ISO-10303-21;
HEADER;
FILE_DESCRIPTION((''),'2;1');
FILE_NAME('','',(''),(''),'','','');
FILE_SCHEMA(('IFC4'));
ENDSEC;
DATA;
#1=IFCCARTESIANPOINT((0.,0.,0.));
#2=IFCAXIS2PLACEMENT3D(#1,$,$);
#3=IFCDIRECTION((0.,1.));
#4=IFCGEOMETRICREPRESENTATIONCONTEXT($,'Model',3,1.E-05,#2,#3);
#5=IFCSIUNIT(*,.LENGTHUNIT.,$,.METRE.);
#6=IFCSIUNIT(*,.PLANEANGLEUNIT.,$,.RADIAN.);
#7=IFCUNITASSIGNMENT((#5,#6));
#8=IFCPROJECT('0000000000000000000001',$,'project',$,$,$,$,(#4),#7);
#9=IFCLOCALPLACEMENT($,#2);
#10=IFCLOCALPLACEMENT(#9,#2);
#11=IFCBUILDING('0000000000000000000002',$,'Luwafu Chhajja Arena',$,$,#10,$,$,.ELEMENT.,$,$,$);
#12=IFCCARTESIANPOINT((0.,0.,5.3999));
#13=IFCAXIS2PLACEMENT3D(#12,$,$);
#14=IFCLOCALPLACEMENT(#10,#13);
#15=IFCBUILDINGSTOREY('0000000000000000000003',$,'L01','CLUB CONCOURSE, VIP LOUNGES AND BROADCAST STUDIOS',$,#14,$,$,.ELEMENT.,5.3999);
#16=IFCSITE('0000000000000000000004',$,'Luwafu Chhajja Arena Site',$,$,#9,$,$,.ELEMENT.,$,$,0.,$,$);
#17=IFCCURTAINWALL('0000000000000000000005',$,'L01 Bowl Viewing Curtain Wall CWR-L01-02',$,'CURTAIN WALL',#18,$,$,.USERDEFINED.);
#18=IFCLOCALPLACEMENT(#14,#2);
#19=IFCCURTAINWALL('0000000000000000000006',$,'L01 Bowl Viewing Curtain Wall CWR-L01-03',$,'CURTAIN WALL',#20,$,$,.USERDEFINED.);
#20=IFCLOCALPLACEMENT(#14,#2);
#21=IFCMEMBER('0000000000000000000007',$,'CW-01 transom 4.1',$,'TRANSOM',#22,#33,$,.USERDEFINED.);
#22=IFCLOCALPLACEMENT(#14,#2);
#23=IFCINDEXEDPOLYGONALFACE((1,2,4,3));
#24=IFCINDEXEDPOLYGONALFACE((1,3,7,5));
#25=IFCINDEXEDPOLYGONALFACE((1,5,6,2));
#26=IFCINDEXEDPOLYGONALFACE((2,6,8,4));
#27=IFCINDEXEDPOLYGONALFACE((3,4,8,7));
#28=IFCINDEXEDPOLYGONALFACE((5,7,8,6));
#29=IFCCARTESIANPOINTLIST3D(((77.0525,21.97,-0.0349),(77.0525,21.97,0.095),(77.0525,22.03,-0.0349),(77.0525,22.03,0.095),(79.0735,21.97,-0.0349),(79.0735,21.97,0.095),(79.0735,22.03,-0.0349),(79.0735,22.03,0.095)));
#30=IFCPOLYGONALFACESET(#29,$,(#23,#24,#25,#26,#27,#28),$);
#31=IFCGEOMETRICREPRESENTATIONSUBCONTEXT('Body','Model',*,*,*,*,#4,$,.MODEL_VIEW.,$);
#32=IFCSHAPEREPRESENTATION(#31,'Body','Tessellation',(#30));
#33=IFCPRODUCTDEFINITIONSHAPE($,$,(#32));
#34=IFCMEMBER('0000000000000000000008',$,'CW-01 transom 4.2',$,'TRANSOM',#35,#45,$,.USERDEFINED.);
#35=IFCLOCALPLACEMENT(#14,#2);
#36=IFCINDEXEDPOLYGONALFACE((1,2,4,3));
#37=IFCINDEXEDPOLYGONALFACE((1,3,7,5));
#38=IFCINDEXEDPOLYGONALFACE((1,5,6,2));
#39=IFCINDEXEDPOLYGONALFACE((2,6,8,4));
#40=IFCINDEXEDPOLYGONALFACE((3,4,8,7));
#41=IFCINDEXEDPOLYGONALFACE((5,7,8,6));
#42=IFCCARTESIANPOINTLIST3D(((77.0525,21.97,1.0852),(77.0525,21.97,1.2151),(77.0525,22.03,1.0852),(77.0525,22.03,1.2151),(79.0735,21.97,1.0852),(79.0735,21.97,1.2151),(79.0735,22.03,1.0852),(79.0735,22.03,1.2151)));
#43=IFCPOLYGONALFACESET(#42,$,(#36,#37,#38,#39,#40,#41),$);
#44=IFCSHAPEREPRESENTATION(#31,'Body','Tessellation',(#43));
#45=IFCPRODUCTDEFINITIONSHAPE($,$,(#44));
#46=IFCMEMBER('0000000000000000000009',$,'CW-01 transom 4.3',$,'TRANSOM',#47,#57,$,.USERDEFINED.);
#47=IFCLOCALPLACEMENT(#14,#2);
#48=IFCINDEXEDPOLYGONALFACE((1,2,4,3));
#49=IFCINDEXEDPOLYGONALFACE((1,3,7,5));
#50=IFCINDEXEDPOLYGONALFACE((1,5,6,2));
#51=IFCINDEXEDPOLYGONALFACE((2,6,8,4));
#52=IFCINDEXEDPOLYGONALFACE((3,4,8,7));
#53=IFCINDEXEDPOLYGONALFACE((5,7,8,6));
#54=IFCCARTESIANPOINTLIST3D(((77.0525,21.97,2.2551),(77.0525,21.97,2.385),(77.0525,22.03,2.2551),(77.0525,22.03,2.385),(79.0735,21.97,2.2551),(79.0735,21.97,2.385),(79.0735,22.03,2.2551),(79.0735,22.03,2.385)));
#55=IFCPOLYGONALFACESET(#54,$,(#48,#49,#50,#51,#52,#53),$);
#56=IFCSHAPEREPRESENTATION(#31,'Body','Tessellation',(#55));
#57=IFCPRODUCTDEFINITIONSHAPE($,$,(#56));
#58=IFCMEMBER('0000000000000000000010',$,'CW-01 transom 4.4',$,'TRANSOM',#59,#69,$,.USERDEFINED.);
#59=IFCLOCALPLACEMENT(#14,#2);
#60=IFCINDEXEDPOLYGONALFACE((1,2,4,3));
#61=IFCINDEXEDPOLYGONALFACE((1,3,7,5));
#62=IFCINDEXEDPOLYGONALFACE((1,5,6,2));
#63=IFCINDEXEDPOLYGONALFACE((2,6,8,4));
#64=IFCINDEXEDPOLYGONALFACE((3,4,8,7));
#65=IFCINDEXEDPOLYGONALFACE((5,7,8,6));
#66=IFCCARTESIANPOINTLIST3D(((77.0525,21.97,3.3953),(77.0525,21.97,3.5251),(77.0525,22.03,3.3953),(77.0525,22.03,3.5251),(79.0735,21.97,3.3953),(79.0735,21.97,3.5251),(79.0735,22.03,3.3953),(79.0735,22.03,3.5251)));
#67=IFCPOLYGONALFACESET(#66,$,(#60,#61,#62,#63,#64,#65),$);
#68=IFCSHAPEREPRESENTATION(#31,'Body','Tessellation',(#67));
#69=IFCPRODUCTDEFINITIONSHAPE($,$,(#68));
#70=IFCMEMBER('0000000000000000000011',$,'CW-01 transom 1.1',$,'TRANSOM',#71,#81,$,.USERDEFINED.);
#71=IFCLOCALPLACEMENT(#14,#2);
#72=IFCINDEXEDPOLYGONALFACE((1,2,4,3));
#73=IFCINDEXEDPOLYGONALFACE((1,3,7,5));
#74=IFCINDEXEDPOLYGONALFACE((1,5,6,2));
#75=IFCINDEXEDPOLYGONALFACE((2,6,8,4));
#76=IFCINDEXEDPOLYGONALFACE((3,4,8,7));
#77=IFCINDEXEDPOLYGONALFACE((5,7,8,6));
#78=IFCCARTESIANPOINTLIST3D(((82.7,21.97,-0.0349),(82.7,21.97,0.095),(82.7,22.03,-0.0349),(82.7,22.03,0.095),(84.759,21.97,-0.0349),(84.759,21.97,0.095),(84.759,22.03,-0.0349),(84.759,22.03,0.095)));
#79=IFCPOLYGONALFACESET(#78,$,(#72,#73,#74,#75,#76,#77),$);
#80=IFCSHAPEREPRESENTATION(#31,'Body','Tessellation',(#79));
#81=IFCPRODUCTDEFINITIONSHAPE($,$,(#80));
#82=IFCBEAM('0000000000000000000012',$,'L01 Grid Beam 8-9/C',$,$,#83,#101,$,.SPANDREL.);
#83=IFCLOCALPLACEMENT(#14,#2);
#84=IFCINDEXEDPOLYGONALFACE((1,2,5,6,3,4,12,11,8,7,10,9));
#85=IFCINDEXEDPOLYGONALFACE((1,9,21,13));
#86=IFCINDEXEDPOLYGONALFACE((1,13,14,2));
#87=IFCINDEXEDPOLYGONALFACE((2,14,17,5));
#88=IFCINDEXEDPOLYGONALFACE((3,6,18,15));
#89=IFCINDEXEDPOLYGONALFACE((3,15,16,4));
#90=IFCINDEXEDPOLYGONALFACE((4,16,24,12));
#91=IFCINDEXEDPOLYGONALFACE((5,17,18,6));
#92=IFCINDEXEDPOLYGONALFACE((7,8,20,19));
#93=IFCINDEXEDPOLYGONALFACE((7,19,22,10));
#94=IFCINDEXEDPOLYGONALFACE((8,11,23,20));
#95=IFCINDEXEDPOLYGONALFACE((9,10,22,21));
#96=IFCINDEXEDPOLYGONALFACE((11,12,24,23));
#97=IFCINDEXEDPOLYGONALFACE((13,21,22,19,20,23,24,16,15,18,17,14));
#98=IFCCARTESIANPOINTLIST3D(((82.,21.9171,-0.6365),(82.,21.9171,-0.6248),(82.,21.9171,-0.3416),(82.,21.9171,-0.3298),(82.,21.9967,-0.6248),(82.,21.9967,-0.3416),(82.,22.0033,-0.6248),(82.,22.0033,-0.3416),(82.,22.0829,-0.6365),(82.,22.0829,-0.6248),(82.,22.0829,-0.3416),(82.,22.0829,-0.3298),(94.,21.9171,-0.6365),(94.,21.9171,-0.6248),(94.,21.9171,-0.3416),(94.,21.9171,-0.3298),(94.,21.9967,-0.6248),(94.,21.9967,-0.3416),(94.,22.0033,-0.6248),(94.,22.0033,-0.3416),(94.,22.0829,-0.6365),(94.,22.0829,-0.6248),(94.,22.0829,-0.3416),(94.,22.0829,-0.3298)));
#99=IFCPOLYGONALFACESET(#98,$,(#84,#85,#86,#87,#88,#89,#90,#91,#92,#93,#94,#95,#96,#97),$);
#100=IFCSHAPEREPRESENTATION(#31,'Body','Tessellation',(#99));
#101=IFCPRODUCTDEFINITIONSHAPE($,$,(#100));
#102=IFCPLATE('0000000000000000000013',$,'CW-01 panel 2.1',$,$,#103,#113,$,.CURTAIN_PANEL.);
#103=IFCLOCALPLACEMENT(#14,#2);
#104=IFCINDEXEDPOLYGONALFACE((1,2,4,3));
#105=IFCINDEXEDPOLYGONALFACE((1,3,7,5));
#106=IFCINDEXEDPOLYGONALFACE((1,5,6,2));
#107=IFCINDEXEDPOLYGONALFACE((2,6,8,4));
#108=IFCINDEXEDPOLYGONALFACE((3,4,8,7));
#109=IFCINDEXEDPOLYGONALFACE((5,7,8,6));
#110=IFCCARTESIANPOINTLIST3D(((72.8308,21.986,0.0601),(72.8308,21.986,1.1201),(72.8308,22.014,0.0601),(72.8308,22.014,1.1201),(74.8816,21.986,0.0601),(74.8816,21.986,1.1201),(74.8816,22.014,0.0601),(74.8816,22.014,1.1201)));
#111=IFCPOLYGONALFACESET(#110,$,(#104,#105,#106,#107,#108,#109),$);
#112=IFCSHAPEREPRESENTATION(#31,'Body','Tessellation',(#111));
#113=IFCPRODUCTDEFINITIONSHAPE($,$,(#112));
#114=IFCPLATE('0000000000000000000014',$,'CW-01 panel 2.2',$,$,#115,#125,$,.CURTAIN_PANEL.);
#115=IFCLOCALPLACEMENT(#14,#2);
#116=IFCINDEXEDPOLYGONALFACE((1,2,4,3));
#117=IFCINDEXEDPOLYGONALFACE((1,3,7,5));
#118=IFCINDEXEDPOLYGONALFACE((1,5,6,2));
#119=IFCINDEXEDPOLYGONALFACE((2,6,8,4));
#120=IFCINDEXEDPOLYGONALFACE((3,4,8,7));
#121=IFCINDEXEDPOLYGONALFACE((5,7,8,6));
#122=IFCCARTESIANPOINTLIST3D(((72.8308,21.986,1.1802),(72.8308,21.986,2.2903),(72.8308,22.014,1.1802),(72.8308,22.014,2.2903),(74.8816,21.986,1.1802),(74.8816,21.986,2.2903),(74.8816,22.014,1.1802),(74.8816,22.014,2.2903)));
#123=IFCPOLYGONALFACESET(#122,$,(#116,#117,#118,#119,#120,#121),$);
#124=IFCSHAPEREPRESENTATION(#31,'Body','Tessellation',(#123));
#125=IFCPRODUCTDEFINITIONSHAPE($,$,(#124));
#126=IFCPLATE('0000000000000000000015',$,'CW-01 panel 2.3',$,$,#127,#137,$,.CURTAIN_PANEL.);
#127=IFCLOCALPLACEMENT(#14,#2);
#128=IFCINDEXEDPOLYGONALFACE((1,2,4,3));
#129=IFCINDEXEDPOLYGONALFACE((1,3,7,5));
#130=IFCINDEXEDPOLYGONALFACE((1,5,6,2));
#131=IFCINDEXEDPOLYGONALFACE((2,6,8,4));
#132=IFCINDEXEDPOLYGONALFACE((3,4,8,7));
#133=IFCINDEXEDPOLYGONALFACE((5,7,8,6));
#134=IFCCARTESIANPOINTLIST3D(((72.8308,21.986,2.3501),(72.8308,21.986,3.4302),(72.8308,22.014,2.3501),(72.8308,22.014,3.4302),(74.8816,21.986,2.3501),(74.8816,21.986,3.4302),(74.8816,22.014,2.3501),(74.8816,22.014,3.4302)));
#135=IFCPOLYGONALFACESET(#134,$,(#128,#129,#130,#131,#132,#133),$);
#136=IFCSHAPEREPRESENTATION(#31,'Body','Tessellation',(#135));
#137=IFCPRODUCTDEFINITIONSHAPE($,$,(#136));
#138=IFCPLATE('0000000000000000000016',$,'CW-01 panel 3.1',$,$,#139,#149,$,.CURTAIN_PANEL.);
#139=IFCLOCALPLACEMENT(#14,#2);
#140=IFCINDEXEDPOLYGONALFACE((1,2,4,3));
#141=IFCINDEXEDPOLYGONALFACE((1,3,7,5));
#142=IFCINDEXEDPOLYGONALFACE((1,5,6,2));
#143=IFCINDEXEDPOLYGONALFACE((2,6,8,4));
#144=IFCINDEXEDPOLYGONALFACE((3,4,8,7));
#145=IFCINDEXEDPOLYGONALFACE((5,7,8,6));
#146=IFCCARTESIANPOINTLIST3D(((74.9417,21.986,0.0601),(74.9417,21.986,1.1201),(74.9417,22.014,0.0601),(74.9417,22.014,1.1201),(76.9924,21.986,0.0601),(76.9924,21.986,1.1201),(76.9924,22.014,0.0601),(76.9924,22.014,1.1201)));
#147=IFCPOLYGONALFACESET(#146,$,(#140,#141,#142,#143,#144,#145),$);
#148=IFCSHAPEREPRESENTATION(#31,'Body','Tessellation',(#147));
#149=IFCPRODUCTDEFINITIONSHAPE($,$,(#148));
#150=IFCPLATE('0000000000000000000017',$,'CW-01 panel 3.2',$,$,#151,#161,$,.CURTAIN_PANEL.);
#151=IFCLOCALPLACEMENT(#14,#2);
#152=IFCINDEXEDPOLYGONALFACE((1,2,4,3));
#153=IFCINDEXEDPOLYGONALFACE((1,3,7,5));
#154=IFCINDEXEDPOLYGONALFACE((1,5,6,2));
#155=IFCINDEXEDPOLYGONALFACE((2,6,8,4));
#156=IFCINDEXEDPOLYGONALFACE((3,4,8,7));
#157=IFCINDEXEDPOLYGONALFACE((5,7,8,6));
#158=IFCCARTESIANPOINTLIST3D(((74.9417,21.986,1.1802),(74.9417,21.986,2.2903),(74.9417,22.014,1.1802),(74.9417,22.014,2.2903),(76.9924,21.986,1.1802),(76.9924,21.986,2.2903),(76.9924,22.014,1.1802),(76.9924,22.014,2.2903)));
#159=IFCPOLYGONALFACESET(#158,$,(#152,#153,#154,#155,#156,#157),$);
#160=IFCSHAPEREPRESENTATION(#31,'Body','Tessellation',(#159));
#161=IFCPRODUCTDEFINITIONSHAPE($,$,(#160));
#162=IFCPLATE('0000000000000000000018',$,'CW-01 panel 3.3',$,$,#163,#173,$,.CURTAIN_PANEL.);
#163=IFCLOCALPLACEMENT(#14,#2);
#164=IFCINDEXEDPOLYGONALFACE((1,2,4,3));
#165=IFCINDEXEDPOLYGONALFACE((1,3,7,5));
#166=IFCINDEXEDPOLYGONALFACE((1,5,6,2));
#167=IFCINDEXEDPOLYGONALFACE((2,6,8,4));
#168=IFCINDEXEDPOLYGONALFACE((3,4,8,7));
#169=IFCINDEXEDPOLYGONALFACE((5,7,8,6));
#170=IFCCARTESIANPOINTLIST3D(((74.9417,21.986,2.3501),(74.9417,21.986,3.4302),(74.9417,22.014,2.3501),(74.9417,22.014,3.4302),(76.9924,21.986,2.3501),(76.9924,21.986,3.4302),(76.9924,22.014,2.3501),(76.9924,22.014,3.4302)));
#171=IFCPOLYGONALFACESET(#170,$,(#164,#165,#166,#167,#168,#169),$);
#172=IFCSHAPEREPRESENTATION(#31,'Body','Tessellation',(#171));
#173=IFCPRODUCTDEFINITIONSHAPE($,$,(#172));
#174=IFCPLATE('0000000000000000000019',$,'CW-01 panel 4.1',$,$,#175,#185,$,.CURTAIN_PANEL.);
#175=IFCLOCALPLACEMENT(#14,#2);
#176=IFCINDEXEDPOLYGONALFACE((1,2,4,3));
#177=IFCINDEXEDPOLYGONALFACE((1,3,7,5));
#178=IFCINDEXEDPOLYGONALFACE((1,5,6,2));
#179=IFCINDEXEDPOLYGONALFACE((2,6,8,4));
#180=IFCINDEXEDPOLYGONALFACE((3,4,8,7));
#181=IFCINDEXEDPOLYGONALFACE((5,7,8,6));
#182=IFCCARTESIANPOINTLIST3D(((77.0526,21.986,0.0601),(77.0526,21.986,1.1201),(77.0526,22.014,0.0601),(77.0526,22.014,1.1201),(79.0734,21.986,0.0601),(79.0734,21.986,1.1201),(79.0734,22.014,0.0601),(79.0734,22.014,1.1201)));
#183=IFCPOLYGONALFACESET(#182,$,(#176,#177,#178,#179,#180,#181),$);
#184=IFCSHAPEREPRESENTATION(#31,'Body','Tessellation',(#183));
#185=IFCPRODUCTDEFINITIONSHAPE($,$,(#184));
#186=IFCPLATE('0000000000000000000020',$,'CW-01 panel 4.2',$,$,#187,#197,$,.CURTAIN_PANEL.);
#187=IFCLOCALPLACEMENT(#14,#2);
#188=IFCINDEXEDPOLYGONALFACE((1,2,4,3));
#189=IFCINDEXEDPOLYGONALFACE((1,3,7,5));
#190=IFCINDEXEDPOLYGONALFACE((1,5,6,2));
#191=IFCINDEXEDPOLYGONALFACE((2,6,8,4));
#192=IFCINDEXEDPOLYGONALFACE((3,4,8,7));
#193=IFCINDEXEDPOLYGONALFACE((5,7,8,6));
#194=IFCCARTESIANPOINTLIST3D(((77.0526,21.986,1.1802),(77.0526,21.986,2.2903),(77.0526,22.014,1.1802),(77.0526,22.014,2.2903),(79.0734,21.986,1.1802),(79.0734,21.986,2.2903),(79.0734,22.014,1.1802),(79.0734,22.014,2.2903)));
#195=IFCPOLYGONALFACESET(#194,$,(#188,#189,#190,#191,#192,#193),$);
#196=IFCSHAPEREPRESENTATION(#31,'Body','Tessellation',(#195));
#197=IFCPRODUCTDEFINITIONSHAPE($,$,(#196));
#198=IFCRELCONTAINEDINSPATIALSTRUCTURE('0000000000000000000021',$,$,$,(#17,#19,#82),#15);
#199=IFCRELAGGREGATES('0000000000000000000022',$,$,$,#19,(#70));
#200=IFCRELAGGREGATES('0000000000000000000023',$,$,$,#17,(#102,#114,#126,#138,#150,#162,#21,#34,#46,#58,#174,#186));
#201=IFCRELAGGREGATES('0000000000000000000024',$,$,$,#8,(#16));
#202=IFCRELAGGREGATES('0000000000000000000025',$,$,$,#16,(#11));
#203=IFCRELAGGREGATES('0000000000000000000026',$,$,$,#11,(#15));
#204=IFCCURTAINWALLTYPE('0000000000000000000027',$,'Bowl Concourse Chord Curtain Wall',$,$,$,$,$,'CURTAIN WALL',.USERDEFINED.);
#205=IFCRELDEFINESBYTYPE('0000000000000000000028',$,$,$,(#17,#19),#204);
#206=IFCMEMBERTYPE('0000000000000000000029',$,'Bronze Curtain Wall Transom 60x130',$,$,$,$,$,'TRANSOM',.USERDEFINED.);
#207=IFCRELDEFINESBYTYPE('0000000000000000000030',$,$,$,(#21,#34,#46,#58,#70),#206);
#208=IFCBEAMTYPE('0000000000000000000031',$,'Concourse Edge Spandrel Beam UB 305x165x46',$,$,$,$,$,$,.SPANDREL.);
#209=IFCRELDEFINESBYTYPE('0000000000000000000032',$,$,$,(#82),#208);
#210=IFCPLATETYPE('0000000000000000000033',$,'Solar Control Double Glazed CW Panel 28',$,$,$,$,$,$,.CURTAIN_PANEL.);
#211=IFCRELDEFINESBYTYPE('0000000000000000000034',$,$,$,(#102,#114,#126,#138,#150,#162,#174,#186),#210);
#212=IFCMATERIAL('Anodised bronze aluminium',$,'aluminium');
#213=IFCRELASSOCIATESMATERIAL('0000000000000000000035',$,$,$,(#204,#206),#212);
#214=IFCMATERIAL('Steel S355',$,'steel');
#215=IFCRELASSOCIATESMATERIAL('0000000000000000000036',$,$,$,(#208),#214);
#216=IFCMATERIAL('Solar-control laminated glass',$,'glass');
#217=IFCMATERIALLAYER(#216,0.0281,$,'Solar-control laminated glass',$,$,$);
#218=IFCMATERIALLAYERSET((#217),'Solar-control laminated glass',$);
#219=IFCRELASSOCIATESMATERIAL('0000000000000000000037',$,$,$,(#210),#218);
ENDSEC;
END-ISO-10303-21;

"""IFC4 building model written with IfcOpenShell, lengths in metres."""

from ifc_helpers import new_model, si_unit, direction, frame, origin, origin_2d, place, context, subcontext, project, spatial, rectangle, i_section, extrude, material, layer, layer_set, material_profile, profile_set, type_object, element, aggregate, save


model = new_model("IFC4")

# Units and contexts
model_context = context("Model", 3, precision=1e-05, world=origin(), true_north=direction((0.0, 1.0)))
body_context = subcontext(model_context, "Body", "Model", "MODEL_VIEW")
ifc_project = project(units=[si_unit("LENGTHUNIT", "METRE"), si_unit("PLANEANGLEUNIT", "RADIAN")], contexts=[model_context])

# Site, building, storey
site_placement = place(None, origin())
site = spatial("IfcSite", under=ifc_project, at=site_placement, Name="Luwafu Chhajja Arena Site", CompositionType="ELEMENT", RefElevation=0.0)
building_placement = place(site_placement, origin())
building = spatial("IfcBuilding", under=site, at=building_placement, Name="Luwafu Chhajja Arena", CompositionType="ELEMENT")
storey_placement = place(building_placement, frame((0.0, 0.0, 5.3999)))
storey = spatial("IfcBuildingStorey", under=building, at=storey_placement, Name="L01", Description="CLUB CONCOURSE, VIP LOUNGES AND BROADCAST STUDIOS", CompositionType="ELEMENT", Elevation=5.3999)

# Curtain wall
ifc_material_1 = material(Name="Anodised bronze aluminium", Category="aluminium")
curtain_wall_type = type_object("IfcCurtainWallType", Name="Bowl Concourse Chord Curtain Wall", ElementType="CURTAIN WALL", PredefinedType="USERDEFINED", material=ifc_material_1)
curtain_wall_1_placement = place(storey_placement, origin())
curtain_wall_1 = element("IfcCurtainWall", 1, at=curtain_wall_1_placement, inside=storey, type_object=curtain_wall_type, Name="L01 Bowl Viewing Curtain Wall CWR-L01-02", ObjectType="CURTAIN WALL", PredefinedType="USERDEFINED")

# Curtain wall
curtain_wall_2_placement = place(storey_placement, origin())
curtain_wall_2 = element("IfcCurtainWall", 2, at=curtain_wall_2_placement, inside=storey, type_object=curtain_wall_type, Name="L01 Bowl Viewing Curtain Wall CWR-L01-03", ObjectType="CURTAIN WALL", PredefinedType="USERDEFINED")

# Members
ifc_material_profile_1 = material_profile(ifc_material_1, rectangle(XDim=0.0601, YDim=0.1299, at=origin_2d()), Name="CWT 60x130")
ifc_profile_set_1 = profile_set([ifc_material_profile_1], Name="Anodised bronze aluminium")
member_type_1 = type_object("IfcMemberType", Name="Bronze Curtain Wall Transom 60x130", ElementType="TRANSOM", PredefinedType="USERDEFINED", material=ifc_profile_set_1)
member_1_placement = place(storey_placement, frame((77.0525, 22.0, 0.03), z_axis=(1.0, 0.0, 0.0), x_axis=(0.0, 1.0, 0.0)))
member_1 = element("IfcMember", 3, at=member_1_placement, type_object=member_type_1, Name="CW-01 transom 4.1", ObjectType="TRANSOM", PredefinedType="USERDEFINED", context=body_context, shape_type="SweptSolid", body=[
    extrude(rectangle(XDim=0.0601, YDim=0.1299, at=origin_2d()), origin(), (0.0, 0.0, 1.0), 2.021),
])
member_2_placement = place(storey_placement, frame((77.0525, 22.0, 1.1501), z_axis=(1.0, 0.0, 0.0), x_axis=(0.0, 1.0, 0.0)))
member_2 = element("IfcMember", 4, at=member_2_placement, type_object=member_type_1, Name="CW-01 transom 4.2", ObjectType="TRANSOM", PredefinedType="USERDEFINED", context=body_context, shape_type="SweptSolid", body=[
    extrude(rectangle(XDim=0.0601, YDim=0.1299, at=origin_2d()), origin(), (0.0, 0.0, 1.0), 2.021),
])
member_3_placement = place(storey_placement, frame((77.0525, 22.0, 2.3201), z_axis=(1.0, 0.0, 0.0), x_axis=(0.0, 1.0, 0.0)))
member_3 = element("IfcMember", 5, at=member_3_placement, type_object=member_type_1, Name="CW-01 transom 4.3", ObjectType="TRANSOM", PredefinedType="USERDEFINED", context=body_context, shape_type="SweptSolid", body=[
    extrude(rectangle(XDim=0.0601, YDim=0.1299, at=origin_2d()), origin(), (0.0, 0.0, 1.0), 2.021),
])
member_4_placement = place(storey_placement, frame((77.0525, 22.0, 3.4602), z_axis=(1.0, 0.0, 0.0), x_axis=(0.0, 1.0, 0.0)))
member_4 = element("IfcMember", 6, at=member_4_placement, type_object=member_type_1, Name="CW-01 transom 4.4", ObjectType="TRANSOM", PredefinedType="USERDEFINED", context=body_context, shape_type="SweptSolid", body=[
    extrude(rectangle(XDim=0.0601, YDim=0.1299, at=origin_2d()), origin(), (0.0, 0.0, 1.0), 2.021),
])
member_5_placement = place(storey_placement, frame((82.7, 22.0, 0.03), z_axis=(1.0, 0.0, 0.0), x_axis=(0.0, 1.0, 0.0)))
member_5 = element("IfcMember", 7, at=member_5_placement, type_object=member_type_1, Name="CW-01 transom 1.1", ObjectType="TRANSOM", PredefinedType="USERDEFINED", context=body_context, shape_type="SweptSolid", body=[
    extrude(rectangle(XDim=0.0601, YDim=0.1299, at=origin_2d()), origin(), (0.0, 0.0, 1.0), 2.0591),
])
aggregate(curtain_wall_2, [member_5])

# Beam
ifc_material_2 = material(Name="Steel S355", Category="steel")
ifc_material_profile_2 = material_profile(ifc_material_2, i_section(OverallWidth=0.1658, OverallDepth=0.3066, WebThickness=0.0066, FlangeThickness=0.0117, at=origin_2d()), Name="UB 305x165x46")
ifc_profile_set_2 = profile_set([ifc_material_profile_2], Name="Steel S355")
beam_type = type_object("IfcBeamType", Name="Concourse Edge Spandrel Beam UB 305x165x46", PredefinedType="SPANDREL", material=ifc_profile_set_2)
beam_placement = place(storey_placement, frame((82.0, 22.0, -0.4832), z_axis=(1.0, 0.0, 0.0), x_axis=(0.0, 1.0, 0.0)))
element("IfcBeam", 8, at=beam_placement, inside=storey, type_object=beam_type, Name="L01 Grid Beam 8-9/C", PredefinedType="SPANDREL", context=body_context, shape_type="SweptSolid", body=[
    extrude(i_section(OverallWidth=0.1658, OverallDepth=0.3066, WebThickness=0.0066, FlangeThickness=0.0117, at=origin_2d()), origin(), (0.0, 0.0, 1.0), 12.0),
])

# Plates
ifc_material_3 = material(Name="Solar-control laminated glass", Category="glass")
ifc_layer = layer(ifc_material_3, 0.0281, Name="Solar-control laminated glass")
ifc_layer_set = layer_set([ifc_layer], Name="Solar-control laminated glass")
plate_type = type_object("IfcPlateType", Name="Solar Control Double Glazed CW Panel 28", PredefinedType="CURTAIN_PANEL", material=ifc_layer_set)
plate_1_placement = place(storey_placement, frame((73.8562, 22.0, 0.0601), z_axis=(0.0, 0.0, 1.0), x_axis=(1.0, 0.0, 0.0)))
plate_1 = element("IfcPlate", 9, at=plate_1_placement, type_object=plate_type, Name="CW-01 panel 2.1", PredefinedType="CURTAIN_PANEL", context=body_context, shape_type="SweptSolid", body=[
    extrude(rectangle(XDim=2.0508, YDim=0.0281, at=origin_2d()), origin(), (0.0, 0.0, 1.0), 1.0601),
])
plate_2_placement = place(storey_placement, frame((73.8562, 22.0, 1.1802), z_axis=(0.0, 0.0, 1.0), x_axis=(1.0, 0.0, 0.0)))
plate_2 = element("IfcPlate", 10, at=plate_2_placement, type_object=plate_type, Name="CW-01 panel 2.2", PredefinedType="CURTAIN_PANEL", context=body_context, shape_type="SweptSolid", body=[
    extrude(rectangle(XDim=2.0508, YDim=0.0281, at=origin_2d()), origin(), (0.0, 0.0, 1.0), 1.1101),
])
plate_3_placement = place(storey_placement, frame((73.8562, 22.0, 2.3501), z_axis=(0.0, 0.0, 1.0), x_axis=(1.0, 0.0, 0.0)))
plate_3 = element("IfcPlate", 11, at=plate_3_placement, type_object=plate_type, Name="CW-01 panel 2.3", PredefinedType="CURTAIN_PANEL", context=body_context, shape_type="SweptSolid", body=[
    extrude(rectangle(XDim=2.0508, YDim=0.0281, at=origin_2d()), origin(), (0.0, 0.0, 1.0), 1.0801),
])
plate_4_placement = place(storey_placement, frame((75.967, 22.0, 0.0601), z_axis=(0.0, 0.0, 1.0), x_axis=(1.0, 0.0, 0.0)))
plate_4 = element("IfcPlate", 12, at=plate_4_placement, type_object=plate_type, Name="CW-01 panel 3.1", PredefinedType="CURTAIN_PANEL", context=body_context, shape_type="SweptSolid", body=[
    extrude(rectangle(XDim=2.0508, YDim=0.0281, at=origin_2d()), origin(), (0.0, 0.0, 1.0), 1.0601),
])
plate_5_placement = place(storey_placement, frame((75.967, 22.0, 1.1802), z_axis=(0.0, 0.0, 1.0), x_axis=(1.0, 0.0, 0.0)))
plate_5 = element("IfcPlate", 13, at=plate_5_placement, type_object=plate_type, Name="CW-01 panel 3.2", PredefinedType="CURTAIN_PANEL", context=body_context, shape_type="SweptSolid", body=[
    extrude(rectangle(XDim=2.0508, YDim=0.0281, at=origin_2d()), origin(), (0.0, 0.0, 1.0), 1.1101),
])
plate_6_placement = place(storey_placement, frame((75.967, 22.0, 2.3501), z_axis=(0.0, 0.0, 1.0), x_axis=(1.0, 0.0, 0.0)))
plate_6 = element("IfcPlate", 14, at=plate_6_placement, type_object=plate_type, Name="CW-01 panel 3.3", PredefinedType="CURTAIN_PANEL", context=body_context, shape_type="SweptSolid", body=[
    extrude(rectangle(XDim=2.0508, YDim=0.0281, at=origin_2d()), origin(), (0.0, 0.0, 1.0), 1.0801),
])
plate_7_placement = place(storey_placement, frame((78.063, 22.0, 0.0601), z_axis=(0.0, 0.0, 1.0), x_axis=(1.0, 0.0, 0.0)))
plate_7 = element("IfcPlate", 15, at=plate_7_placement, type_object=plate_type, Name="CW-01 panel 4.1", PredefinedType="CURTAIN_PANEL", context=body_context, shape_type="SweptSolid", body=[
    extrude(rectangle(XDim=2.0208, YDim=0.0281, at=origin_2d()), origin(), (0.0, 0.0, 1.0), 1.0601),
])
plate_8_placement = place(storey_placement, frame((78.063, 22.0, 1.1802), z_axis=(0.0, 0.0, 1.0), x_axis=(1.0, 0.0, 0.0)))
plate_8 = element("IfcPlate", 16, at=plate_8_placement, type_object=plate_type, Name="CW-01 panel 4.2", PredefinedType="CURTAIN_PANEL", context=body_context, shape_type="SweptSolid", body=[
    extrude(rectangle(XDim=2.0208, YDim=0.0281, at=origin_2d()), origin(), (0.0, 0.0, 1.0), 1.1101),
])
aggregate(curtain_wall_1, [plate_1, plate_2, plate_3, plate_4, plate_5, plate_6, member_1, member_2, member_3, member_4, plate_7, plate_8])

save(model, "model.ifc")
